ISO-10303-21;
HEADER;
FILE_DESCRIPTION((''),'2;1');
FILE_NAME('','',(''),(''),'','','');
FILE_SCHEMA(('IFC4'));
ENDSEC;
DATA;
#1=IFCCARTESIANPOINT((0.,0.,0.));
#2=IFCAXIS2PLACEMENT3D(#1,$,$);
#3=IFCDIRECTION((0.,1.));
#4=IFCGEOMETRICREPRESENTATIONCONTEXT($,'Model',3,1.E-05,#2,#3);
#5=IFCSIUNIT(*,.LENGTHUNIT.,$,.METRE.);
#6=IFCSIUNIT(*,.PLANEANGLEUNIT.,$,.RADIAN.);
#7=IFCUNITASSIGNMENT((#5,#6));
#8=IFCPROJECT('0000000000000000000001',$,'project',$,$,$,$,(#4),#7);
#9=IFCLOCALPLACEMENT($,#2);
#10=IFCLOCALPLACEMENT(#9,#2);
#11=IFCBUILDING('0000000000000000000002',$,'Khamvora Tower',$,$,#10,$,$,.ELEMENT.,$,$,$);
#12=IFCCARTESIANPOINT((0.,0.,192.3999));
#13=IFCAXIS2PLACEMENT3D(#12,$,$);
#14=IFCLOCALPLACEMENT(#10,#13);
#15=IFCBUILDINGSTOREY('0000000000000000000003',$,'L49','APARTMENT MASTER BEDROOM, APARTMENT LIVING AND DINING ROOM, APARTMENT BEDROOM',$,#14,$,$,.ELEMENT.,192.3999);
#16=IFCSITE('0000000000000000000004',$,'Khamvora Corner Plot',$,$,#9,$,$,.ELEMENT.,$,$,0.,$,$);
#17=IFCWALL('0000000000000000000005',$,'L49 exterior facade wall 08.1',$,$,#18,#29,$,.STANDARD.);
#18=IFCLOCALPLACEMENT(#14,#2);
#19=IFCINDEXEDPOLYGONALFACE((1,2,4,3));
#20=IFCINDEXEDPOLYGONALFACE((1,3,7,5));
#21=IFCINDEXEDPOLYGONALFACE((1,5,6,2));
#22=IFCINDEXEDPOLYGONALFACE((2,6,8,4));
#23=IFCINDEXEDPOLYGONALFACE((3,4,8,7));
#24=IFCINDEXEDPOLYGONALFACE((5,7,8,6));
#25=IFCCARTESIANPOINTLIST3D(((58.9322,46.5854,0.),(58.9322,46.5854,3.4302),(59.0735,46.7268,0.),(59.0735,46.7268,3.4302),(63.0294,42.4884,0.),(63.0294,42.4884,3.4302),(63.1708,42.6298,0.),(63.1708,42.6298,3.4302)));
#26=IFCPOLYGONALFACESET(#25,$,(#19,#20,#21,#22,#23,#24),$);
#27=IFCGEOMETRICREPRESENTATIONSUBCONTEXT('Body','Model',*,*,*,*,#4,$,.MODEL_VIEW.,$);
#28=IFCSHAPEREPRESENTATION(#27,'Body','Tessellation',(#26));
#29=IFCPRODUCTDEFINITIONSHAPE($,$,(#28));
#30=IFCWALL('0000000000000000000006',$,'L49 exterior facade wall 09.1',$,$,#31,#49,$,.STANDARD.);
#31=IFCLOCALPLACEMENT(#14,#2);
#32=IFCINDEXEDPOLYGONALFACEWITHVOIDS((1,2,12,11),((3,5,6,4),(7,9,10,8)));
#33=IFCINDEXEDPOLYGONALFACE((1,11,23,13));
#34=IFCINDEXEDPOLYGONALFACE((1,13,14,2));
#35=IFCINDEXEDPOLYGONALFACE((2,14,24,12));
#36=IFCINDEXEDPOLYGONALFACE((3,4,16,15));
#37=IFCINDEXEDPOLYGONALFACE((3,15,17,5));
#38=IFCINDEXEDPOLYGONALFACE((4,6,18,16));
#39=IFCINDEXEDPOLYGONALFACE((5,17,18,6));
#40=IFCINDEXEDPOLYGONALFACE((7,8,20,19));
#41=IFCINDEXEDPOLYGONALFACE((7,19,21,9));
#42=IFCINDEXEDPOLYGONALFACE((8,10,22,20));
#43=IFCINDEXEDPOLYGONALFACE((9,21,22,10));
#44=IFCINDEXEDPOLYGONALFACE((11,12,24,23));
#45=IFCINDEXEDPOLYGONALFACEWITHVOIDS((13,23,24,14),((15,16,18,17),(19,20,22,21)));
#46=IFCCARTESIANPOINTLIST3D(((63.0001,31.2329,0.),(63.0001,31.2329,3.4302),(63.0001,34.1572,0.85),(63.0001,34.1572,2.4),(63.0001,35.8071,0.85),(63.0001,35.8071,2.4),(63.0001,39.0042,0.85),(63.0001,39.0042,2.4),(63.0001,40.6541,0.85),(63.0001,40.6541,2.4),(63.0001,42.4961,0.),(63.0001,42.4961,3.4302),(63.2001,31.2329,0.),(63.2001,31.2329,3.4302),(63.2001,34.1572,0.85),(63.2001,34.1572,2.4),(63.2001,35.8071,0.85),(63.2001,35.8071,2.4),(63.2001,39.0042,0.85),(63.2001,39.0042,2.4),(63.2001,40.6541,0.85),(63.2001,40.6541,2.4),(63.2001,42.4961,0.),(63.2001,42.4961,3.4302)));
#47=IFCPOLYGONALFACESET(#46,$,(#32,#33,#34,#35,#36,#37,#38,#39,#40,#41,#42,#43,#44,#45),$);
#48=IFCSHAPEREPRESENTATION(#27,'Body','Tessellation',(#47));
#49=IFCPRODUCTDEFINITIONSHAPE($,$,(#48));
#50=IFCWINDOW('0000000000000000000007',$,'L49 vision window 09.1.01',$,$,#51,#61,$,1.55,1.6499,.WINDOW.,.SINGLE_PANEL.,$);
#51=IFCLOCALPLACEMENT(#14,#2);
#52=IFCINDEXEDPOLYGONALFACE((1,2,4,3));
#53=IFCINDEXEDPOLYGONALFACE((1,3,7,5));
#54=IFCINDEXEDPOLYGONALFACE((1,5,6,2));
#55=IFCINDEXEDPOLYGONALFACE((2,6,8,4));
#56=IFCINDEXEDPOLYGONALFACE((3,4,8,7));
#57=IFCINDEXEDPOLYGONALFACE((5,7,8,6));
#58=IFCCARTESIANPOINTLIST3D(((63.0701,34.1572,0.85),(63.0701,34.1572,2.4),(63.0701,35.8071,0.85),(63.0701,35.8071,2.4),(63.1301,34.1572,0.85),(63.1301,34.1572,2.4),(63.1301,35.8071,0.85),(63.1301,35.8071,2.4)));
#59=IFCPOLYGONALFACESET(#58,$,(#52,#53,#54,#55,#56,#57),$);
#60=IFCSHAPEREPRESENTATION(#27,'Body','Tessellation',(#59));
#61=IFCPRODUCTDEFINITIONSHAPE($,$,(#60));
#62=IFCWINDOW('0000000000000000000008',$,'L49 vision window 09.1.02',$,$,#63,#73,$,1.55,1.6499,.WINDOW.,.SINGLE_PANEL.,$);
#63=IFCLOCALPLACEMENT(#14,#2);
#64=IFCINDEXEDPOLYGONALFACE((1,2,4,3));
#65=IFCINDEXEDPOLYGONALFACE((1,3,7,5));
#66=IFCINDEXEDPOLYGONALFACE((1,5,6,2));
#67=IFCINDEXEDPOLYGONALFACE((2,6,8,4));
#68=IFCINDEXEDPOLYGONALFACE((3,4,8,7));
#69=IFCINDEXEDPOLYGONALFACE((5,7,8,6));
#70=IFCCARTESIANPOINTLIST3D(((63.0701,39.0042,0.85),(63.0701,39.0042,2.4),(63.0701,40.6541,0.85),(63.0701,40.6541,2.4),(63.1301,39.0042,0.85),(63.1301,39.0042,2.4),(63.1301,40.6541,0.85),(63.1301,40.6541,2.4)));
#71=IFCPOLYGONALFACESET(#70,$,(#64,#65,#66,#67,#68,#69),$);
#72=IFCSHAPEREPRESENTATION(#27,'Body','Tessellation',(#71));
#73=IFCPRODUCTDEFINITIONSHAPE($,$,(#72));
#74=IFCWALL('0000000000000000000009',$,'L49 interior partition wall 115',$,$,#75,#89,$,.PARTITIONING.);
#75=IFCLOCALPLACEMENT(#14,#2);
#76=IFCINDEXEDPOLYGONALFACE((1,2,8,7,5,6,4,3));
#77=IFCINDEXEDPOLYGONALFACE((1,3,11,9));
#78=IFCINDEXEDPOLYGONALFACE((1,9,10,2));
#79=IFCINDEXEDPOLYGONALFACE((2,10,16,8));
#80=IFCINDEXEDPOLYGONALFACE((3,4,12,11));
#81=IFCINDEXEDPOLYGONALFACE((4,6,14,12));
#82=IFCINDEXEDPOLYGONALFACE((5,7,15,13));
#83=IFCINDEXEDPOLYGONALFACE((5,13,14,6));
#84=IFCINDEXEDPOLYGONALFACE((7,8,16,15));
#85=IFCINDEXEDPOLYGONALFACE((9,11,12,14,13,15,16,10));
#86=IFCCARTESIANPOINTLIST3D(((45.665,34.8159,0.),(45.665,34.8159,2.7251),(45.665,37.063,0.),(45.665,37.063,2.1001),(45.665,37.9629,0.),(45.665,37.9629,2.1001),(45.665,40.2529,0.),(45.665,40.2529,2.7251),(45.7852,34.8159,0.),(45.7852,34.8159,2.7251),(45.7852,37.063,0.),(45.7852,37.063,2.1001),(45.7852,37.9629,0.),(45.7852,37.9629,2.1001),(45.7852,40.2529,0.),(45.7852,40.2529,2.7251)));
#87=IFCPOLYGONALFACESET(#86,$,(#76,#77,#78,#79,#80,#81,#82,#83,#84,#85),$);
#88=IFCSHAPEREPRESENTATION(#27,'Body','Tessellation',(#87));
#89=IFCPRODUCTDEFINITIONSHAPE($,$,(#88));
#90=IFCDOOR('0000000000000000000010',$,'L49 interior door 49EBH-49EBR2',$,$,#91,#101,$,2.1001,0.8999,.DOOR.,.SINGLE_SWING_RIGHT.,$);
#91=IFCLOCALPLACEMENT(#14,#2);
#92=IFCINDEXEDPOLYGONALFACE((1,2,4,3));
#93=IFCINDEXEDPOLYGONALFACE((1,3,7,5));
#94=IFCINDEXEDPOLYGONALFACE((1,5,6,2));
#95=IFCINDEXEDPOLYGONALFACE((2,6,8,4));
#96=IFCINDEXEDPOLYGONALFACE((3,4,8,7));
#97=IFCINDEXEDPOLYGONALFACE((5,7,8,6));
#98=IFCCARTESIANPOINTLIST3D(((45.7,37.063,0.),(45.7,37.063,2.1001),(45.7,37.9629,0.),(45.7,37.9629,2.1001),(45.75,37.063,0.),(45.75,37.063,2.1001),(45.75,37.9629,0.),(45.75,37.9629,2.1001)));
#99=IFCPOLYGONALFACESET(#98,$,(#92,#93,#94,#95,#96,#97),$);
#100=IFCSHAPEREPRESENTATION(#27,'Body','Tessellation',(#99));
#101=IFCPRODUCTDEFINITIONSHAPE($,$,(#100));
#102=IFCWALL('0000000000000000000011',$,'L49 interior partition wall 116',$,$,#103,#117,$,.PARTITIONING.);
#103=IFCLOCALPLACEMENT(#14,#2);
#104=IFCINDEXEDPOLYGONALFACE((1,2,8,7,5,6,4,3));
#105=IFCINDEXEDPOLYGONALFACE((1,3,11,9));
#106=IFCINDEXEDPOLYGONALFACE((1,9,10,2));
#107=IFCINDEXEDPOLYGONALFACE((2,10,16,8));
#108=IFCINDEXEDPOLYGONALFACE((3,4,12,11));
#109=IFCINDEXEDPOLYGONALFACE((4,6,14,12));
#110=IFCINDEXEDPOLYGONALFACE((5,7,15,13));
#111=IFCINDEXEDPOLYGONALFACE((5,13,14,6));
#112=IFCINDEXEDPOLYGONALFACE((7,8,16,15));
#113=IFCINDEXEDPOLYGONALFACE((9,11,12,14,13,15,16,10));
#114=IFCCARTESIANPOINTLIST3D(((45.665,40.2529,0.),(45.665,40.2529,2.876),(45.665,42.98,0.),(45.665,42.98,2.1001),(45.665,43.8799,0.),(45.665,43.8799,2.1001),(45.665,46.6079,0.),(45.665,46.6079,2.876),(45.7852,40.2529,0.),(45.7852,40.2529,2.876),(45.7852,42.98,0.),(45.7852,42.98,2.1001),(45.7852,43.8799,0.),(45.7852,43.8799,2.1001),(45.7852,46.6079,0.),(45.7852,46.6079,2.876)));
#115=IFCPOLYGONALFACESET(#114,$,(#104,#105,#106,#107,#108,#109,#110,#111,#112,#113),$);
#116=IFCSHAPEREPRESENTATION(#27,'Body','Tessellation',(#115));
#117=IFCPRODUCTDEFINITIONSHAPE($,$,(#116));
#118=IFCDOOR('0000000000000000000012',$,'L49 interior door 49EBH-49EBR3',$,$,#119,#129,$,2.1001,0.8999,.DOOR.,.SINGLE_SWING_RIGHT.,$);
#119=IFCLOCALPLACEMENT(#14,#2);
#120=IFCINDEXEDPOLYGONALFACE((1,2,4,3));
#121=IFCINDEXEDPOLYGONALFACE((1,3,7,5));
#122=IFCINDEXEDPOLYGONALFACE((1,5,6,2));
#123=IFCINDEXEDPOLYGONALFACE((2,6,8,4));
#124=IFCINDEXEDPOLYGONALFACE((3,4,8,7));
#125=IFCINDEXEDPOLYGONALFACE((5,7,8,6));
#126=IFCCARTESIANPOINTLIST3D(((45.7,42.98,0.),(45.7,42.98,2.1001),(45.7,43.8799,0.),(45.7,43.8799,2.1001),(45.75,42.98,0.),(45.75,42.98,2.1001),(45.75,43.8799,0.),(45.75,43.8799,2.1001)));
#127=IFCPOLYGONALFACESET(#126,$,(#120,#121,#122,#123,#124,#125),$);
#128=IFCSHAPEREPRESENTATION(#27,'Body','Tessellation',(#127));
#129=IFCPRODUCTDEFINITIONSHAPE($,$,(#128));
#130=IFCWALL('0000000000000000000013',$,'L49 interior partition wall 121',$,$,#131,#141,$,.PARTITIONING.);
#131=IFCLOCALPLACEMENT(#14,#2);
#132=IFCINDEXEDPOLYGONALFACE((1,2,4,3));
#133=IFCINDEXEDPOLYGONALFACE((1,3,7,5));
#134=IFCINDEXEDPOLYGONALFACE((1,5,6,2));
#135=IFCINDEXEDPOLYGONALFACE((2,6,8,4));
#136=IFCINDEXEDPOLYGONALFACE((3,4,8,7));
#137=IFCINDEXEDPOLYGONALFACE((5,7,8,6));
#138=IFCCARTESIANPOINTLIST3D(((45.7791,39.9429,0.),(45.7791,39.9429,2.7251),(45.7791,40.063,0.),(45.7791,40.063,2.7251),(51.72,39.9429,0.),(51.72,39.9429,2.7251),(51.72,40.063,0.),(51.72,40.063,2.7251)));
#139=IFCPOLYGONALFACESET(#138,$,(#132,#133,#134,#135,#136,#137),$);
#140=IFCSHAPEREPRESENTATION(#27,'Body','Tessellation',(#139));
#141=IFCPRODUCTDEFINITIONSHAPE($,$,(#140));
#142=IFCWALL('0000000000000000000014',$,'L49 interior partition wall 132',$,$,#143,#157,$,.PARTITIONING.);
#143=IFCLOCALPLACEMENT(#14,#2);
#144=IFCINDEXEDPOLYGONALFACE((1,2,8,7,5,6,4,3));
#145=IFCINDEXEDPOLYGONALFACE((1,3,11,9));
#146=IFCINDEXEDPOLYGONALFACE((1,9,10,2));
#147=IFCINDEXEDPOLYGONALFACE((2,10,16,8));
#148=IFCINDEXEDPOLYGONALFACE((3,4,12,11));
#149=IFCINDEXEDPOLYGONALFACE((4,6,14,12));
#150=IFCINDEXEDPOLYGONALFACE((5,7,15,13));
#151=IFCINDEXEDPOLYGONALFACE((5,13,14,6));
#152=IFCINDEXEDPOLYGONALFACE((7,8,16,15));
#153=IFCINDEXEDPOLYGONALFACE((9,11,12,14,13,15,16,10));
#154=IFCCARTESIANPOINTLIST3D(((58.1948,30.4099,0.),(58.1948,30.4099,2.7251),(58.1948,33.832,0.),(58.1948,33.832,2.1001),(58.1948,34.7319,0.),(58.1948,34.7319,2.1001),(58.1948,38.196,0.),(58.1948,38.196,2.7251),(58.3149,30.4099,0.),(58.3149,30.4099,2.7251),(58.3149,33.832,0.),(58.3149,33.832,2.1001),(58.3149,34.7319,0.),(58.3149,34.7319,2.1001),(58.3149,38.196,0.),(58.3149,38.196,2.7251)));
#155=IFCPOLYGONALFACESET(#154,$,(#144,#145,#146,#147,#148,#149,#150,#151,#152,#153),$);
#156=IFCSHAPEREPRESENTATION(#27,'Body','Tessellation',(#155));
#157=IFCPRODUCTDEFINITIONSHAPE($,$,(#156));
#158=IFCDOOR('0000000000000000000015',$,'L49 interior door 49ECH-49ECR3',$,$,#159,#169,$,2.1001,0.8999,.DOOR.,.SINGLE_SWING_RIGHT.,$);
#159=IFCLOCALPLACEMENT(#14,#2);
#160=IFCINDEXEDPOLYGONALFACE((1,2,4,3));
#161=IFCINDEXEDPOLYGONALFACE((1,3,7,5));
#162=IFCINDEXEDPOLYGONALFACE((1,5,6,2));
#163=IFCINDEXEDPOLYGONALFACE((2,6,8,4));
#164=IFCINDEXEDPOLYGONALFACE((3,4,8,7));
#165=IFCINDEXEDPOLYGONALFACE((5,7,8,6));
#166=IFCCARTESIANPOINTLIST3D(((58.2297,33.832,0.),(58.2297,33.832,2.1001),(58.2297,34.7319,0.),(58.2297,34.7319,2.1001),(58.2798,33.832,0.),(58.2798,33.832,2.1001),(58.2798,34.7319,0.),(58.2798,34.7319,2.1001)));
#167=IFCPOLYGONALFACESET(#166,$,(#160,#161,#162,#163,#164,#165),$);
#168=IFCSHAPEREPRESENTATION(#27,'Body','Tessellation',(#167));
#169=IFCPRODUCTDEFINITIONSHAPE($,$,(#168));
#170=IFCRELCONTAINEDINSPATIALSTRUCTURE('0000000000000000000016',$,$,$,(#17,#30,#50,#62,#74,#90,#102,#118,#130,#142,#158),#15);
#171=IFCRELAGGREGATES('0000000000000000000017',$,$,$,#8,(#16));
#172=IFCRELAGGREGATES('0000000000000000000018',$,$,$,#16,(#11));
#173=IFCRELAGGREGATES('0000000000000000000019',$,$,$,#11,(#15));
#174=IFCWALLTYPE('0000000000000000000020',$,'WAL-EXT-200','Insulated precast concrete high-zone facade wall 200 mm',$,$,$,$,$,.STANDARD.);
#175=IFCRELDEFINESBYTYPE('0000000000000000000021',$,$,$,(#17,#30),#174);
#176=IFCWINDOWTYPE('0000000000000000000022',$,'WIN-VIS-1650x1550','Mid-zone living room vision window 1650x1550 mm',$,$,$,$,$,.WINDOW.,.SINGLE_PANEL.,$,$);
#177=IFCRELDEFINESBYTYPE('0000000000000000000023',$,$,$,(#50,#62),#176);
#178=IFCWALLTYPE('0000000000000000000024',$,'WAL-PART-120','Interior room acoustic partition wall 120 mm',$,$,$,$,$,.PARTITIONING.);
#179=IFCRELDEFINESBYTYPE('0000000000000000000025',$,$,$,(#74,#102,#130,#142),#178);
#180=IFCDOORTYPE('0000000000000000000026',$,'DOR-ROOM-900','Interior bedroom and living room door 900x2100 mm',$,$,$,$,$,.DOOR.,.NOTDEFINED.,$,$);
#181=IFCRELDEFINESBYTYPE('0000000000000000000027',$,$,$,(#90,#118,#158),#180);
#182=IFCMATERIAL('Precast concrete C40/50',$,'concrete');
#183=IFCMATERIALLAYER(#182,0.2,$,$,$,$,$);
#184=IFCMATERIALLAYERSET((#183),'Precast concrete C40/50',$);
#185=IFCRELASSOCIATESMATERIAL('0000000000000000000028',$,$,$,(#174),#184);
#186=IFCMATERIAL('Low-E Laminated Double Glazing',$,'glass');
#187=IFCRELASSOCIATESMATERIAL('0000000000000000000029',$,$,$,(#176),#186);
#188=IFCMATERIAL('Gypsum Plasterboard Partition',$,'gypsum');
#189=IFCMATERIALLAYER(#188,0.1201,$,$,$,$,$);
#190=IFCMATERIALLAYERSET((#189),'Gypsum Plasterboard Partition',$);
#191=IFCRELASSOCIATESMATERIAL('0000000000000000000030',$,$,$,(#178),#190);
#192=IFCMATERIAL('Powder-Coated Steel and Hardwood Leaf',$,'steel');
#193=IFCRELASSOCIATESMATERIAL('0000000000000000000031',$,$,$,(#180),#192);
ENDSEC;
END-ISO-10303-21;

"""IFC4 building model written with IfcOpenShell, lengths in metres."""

from ifc_helpers import new_model, si_unit, direction, frame, frame_2d, origin, place, context, subcontext, project, spatial, rectangle, extrude, material, layer, layer_set, type_object, element, fill, save


model = new_model("IFC4")

# Units and contexts
model_context = context("Model", 3, precision=1e-05, world=origin(), true_north=direction((0.0, 1.0)))
body_context = subcontext(model_context, "Body", "Model", "MODEL_VIEW")
ifc_project = project(units=[si_unit("LENGTHUNIT", "METRE"), si_unit("PLANEANGLEUNIT", "RADIAN")], contexts=[model_context])

# Site, building, storey
site_placement = place(None, origin())
site = spatial("IfcSite", under=ifc_project, at=site_placement, Name="Khamvora Corner Plot", CompositionType="ELEMENT", RefElevation=0.0)
building_placement = place(site_placement, origin())
building = spatial("IfcBuilding", under=site, at=building_placement, Name="Khamvora Tower", CompositionType="ELEMENT")
storey_placement = place(building_placement, frame((0.0, 0.0, 192.3999)))
storey = spatial("IfcBuildingStorey", under=building, at=storey_placement, Name="L49", Description="APARTMENT MASTER BEDROOM, APARTMENT LIVING AND DINING ROOM, APARTMENT BEDROOM", CompositionType="ELEMENT", Elevation=192.3999)

# Wall
ifc_material_1 = material(Name="Precast concrete C40/50", Category="concrete")
ifc_layer_1 = layer(ifc_material_1, 0.2)
ifc_layer_set_1 = layer_set([ifc_layer_1], Name="Precast concrete C40/50")
wall_type_1 = type_object("IfcWallType", Name="WAL-EXT-200", Description="Insulated precast concrete high-zone facade wall 200 mm", PredefinedType="STANDARD", material=ifc_layer_set_1)
wall_1_placement = place(storey_placement, frame((59.0029, 46.656, 0.0), z_axis=(0.0, 0.0, 1.0), x_axis=(0.707128, -0.707086, 0.0)))
element("IfcWall", 1, at=wall_1_placement, inside=storey, type_object=wall_type_1, Name="L49 exterior facade wall 08.1", PredefinedType="STANDARD", context=body_context, shape_type="SweptSolid", body=[
    extrude(rectangle(XDim=5.7942, YDim=0.2, at=frame_2d((2.897, 0.0))), origin(), (0.0, 0.0, 1.0), 3.4302),
])

# Wall, openings, windows
wall_2_placement = place(storey_placement, frame((63.1001, 42.4961, 0.0), z_axis=(0.0, 0.0, 1.0), x_axis=(0.0, -1.0, 0.0)))
wall_2 = element("IfcWall", 2, at=wall_2_placement, inside=storey, type_object=wall_type_1, Name="L49 exterior facade wall 09.1", PredefinedType="STANDARD", context=body_context, shape_type="SweptSolid", body=[
    extrude(rectangle(XDim=11.2632, YDim=0.2, at=frame_2d((5.6316, 0.0))), origin(), (0.0, 0.0, 1.0), 3.4302),
])
opening_1_placement = place(wall_2_placement, frame((6.689, 0.0, 0.8501)))
opening_1 = element("IfcOpeningElement", 3, at=opening_1_placement, cuts=wall_2, PredefinedType="OPENING", context=body_context, shape_type="SweptSolid", body=[
    extrude(rectangle(XDim=1.6499, YDim=1.55, at=frame_2d((0.825, 0.7749))), frame((0.0, 0.1099, 0.0), z_axis=(0.0, -1.0, 0.0), x_axis=(1.0, 0.0, 0.0)), (0.0, 0.0, 1.0), 0.22),
])
opening_2_placement = place(wall_2_placement, frame((1.842, 0.0, 0.8501)))
opening_2 = element("IfcOpeningElement", 4, at=opening_2_placement, cuts=wall_2, PredefinedType="OPENING", context=body_context, shape_type="SweptSolid", body=[
    extrude(rectangle(XDim=1.6499, YDim=1.55, at=frame_2d((0.825, 0.7749))), frame((0.0, 0.1099, 0.0), z_axis=(0.0, -1.0, 0.0), x_axis=(1.0, 0.0, 0.0)), (0.0, 0.0, 1.0), 0.22),
])
ifc_material_2 = material(Name="Low-E Laminated Double Glazing", Category="glass")
window_type = type_object("IfcWindowType", Name="WIN-VIS-1650x1550", Description="Mid-zone living room vision window 1650x1550 mm", PartitioningType="SINGLE_PANEL", PredefinedType="WINDOW", material=ifc_material_2)
window_1_placement = place(opening_1_placement, origin())
window_1 = element("IfcWindow", 5, at=window_1_placement, inside=storey, type_object=window_type, Name="L49 vision window 09.1.01", OverallHeight=1.55, OverallWidth=1.6499, PartitioningType="SINGLE_PANEL", PredefinedType="WINDOW", context=body_context, shape_type="SweptSolid", body=[
    extrude(rectangle(XDim=1.6499, YDim=1.55, at=frame_2d((0.825, 0.7749))), frame((0.0, 0.03, 0.0), z_axis=(0.0, -1.0, 0.0), x_axis=(1.0, 0.0, 0.0)), (0.0, 0.0, 1.0), 0.0601),
])
fill(opening_1, window_1)
window_2_placement = place(opening_2_placement, origin())
window_2 = element("IfcWindow", 6, at=window_2_placement, inside=storey, type_object=window_type, Name="L49 vision window 09.1.02", OverallHeight=1.55, OverallWidth=1.6499, PartitioningType="SINGLE_PANEL", PredefinedType="WINDOW", context=body_context, shape_type="SweptSolid", body=[
    extrude(rectangle(XDim=1.6499, YDim=1.55, at=frame_2d((0.825, 0.7749))), frame((0.0, 0.03, 0.0), z_axis=(0.0, -1.0, 0.0), x_axis=(1.0, 0.0, 0.0)), (0.0, 0.0, 1.0), 0.0601),
])
fill(opening_2, window_2)

# Walls, openings, doors
ifc_material_3 = material(Name="Gypsum Plasterboard Partition", Category="gypsum")
ifc_layer_2 = layer(ifc_material_3, 0.1201)
ifc_layer_set_2 = layer_set([ifc_layer_2], Name="Gypsum Plasterboard Partition")
wall_type_2 = type_object("IfcWallType", Name="WAL-PART-120", Description="Interior room acoustic partition wall 120 mm", PredefinedType="PARTITIONING", material=ifc_layer_set_2)
wall_3_placement = place(storey_placement, frame((45.7251, 40.2529, 0.0), z_axis=(0.0, 0.0, 1.0), x_axis=(0.0, -1.0, 0.0)))
wall_3 = element("IfcWall", 7, at=wall_3_placement, inside=storey, type_object=wall_type_2, Name="L49 interior partition wall 115", PredefinedType="PARTITIONING", context=body_context, shape_type="SweptSolid", body=[
    extrude(rectangle(XDim=5.437, YDim=0.1201, at=frame_2d((2.7185, 0.0))), origin(), (0.0, 0.0, 1.0), 2.7251),
])
opening_3_placement = place(wall_3_placement, frame((2.29, 0.0, 0.0)))
opening_3 = element("IfcOpeningElement", 8, at=opening_3_placement, cuts=wall_3, PredefinedType="OPENING", context=body_context, shape_type="SweptSolid", body=[
    extrude(rectangle(XDim=0.8999, YDim=2.1001, at=frame_2d((0.45, 1.05))), frame((0.0, 0.0701, 0.0), z_axis=(0.0, -1.0, 0.0), x_axis=(1.0, 0.0, 0.0)), (0.0, 0.0, 1.0), 0.1401),
])
ifc_material_4 = material(Name="Powder-Coated Steel and Hardwood Leaf", Category="steel")
door_type = type_object("IfcDoorType", Name="DOR-ROOM-900", Description="Interior bedroom and living room door 900x2100 mm", OperationType="NOTDEFINED", PredefinedType="DOOR", material=ifc_material_4)
door_1_placement = place(opening_3_placement, origin())
door_1 = element("IfcDoor", 9, at=door_1_placement, inside=storey, type_object=door_type, Name="L49 interior door 49EBH-49EBR2", OperationType="SINGLE_SWING_RIGHT", OverallHeight=2.1001, OverallWidth=0.8999, PredefinedType="DOOR", context=body_context, shape_type="SweptSolid", body=[
    extrude(rectangle(XDim=0.8999, YDim=2.1001, at=frame_2d((0.45, 1.05))), frame((0.0, 0.0249, 0.0), z_axis=(0.0, -1.0, 0.0), x_axis=(1.0, 0.0, 0.0)), (0.0, 0.0, 1.0), 0.05),
])
fill(opening_3, door_1)
wall_4_placement = place(storey_placement, frame((45.7251, 46.6079, 0.0), z_axis=(0.0, 0.0, 1.0), x_axis=(0.0, -1.0, 0.0)))
wall_4 = element("IfcWall", 10, at=wall_4_placement, inside=storey, type_object=wall_type_2, Name="L49 interior partition wall 116", PredefinedType="PARTITIONING", context=body_context, shape_type="SweptSolid", body=[
    extrude(rectangle(XDim=6.355, YDim=0.1201, at=frame_2d((3.1775, 0.0))), origin(), (0.0, 0.0, 1.0), 2.876),
])
opening_4_placement = place(wall_4_placement, frame((2.728, 0.0, 0.0)))
opening_4 = element("IfcOpeningElement", 11, at=opening_4_placement, cuts=wall_4, PredefinedType="OPENING", context=body_context, shape_type="SweptSolid", body=[
    extrude(rectangle(XDim=0.8999, YDim=2.1001, at=frame_2d((0.45, 1.05))), frame((0.0, 0.0701, 0.0), z_axis=(0.0, -1.0, 0.0), x_axis=(1.0, 0.0, 0.0)), (0.0, 0.0, 1.0), 0.1401),
])
door_2_placement = place(opening_4_placement, origin())
door_2 = element("IfcDoor", 12, at=door_2_placement, inside=storey, type_object=door_type, Name="L49 interior door 49EBH-49EBR3", OperationType="SINGLE_SWING_RIGHT", OverallHeight=2.1001, OverallWidth=0.8999, PredefinedType="DOOR", context=body_context, shape_type="SweptSolid", body=[
    extrude(rectangle(XDim=0.8999, YDim=2.1001, at=frame_2d((0.45, 1.05))), frame((0.0, 0.0249, 0.0), z_axis=(0.0, -1.0, 0.0), x_axis=(1.0, 0.0, 0.0)), (0.0, 0.0, 1.0), 0.05),
])
fill(opening_4, door_2)

# Wall
wall_5_placement = place(storey_placement, frame((45.7791, 40.0029, 0.0), z_axis=(0.0, 0.0, 1.0), x_axis=(1.0, 0.0, 0.0)))
element("IfcWall", 13, at=wall_5_placement, inside=storey, type_object=wall_type_2, Name="L49 interior partition wall 121", PredefinedType="PARTITIONING", context=body_context, shape_type="SweptSolid", body=[
    extrude(rectangle(XDim=5.9409, YDim=0.1201, at=frame_2d((2.9705, 0.0))), origin(), (0.0, 0.0, 1.0), 2.7251),
])

# Wall, opening, door
wall_6_placement = place(storey_placement, frame((58.2549, 38.196, 0.0), z_axis=(0.0, 0.0, 1.0), x_axis=(0.0, -1.0, 0.0)))
wall_6 = element("IfcWall", 14, at=wall_6_placement, inside=storey, type_object=wall_type_2, Name="L49 interior partition wall 132", PredefinedType="PARTITIONING", context=body_context, shape_type="SweptSolid", body=[
    extrude(rectangle(XDim=7.7861, YDim=0.1201, at=frame_2d((3.8931, 0.0))), origin(), (0.0, 0.0, 1.0), 2.7251),
])
opening_5_placement = place(wall_6_placement, frame((3.4641, 0.0, 0.0)))
opening_5 = element("IfcOpeningElement", 15, at=opening_5_placement, cuts=wall_6, PredefinedType="OPENING", context=body_context, shape_type="SweptSolid", body=[
    extrude(rectangle(XDim=0.8999, YDim=2.1001, at=frame_2d((0.45, 1.05))), frame((0.0, 0.0701, 0.0), z_axis=(0.0, -1.0, 0.0), x_axis=(1.0, 0.0, 0.0)), (0.0, 0.0, 1.0), 0.1401),
])
door_3_placement = place(opening_5_placement, origin())
door_3 = element("IfcDoor", 16, at=door_3_placement, inside=storey, type_object=door_type, Name="L49 interior door 49ECH-49ECR3", OperationType="SINGLE_SWING_RIGHT", OverallHeight=2.1001, OverallWidth=0.8999, PredefinedType="DOOR", context=body_context, shape_type="SweptSolid", body=[
    extrude(rectangle(XDim=0.8999, YDim=2.1001, at=frame_2d((0.45, 1.05))), frame((0.0, 0.0249, 0.0), z_axis=(0.0, -1.0, 0.0), x_axis=(1.0, 0.0, 0.0)), (0.0, 0.0, 1.0), 0.05),
])
fill(opening_5, door_3)

save(model, "model.ifc")
